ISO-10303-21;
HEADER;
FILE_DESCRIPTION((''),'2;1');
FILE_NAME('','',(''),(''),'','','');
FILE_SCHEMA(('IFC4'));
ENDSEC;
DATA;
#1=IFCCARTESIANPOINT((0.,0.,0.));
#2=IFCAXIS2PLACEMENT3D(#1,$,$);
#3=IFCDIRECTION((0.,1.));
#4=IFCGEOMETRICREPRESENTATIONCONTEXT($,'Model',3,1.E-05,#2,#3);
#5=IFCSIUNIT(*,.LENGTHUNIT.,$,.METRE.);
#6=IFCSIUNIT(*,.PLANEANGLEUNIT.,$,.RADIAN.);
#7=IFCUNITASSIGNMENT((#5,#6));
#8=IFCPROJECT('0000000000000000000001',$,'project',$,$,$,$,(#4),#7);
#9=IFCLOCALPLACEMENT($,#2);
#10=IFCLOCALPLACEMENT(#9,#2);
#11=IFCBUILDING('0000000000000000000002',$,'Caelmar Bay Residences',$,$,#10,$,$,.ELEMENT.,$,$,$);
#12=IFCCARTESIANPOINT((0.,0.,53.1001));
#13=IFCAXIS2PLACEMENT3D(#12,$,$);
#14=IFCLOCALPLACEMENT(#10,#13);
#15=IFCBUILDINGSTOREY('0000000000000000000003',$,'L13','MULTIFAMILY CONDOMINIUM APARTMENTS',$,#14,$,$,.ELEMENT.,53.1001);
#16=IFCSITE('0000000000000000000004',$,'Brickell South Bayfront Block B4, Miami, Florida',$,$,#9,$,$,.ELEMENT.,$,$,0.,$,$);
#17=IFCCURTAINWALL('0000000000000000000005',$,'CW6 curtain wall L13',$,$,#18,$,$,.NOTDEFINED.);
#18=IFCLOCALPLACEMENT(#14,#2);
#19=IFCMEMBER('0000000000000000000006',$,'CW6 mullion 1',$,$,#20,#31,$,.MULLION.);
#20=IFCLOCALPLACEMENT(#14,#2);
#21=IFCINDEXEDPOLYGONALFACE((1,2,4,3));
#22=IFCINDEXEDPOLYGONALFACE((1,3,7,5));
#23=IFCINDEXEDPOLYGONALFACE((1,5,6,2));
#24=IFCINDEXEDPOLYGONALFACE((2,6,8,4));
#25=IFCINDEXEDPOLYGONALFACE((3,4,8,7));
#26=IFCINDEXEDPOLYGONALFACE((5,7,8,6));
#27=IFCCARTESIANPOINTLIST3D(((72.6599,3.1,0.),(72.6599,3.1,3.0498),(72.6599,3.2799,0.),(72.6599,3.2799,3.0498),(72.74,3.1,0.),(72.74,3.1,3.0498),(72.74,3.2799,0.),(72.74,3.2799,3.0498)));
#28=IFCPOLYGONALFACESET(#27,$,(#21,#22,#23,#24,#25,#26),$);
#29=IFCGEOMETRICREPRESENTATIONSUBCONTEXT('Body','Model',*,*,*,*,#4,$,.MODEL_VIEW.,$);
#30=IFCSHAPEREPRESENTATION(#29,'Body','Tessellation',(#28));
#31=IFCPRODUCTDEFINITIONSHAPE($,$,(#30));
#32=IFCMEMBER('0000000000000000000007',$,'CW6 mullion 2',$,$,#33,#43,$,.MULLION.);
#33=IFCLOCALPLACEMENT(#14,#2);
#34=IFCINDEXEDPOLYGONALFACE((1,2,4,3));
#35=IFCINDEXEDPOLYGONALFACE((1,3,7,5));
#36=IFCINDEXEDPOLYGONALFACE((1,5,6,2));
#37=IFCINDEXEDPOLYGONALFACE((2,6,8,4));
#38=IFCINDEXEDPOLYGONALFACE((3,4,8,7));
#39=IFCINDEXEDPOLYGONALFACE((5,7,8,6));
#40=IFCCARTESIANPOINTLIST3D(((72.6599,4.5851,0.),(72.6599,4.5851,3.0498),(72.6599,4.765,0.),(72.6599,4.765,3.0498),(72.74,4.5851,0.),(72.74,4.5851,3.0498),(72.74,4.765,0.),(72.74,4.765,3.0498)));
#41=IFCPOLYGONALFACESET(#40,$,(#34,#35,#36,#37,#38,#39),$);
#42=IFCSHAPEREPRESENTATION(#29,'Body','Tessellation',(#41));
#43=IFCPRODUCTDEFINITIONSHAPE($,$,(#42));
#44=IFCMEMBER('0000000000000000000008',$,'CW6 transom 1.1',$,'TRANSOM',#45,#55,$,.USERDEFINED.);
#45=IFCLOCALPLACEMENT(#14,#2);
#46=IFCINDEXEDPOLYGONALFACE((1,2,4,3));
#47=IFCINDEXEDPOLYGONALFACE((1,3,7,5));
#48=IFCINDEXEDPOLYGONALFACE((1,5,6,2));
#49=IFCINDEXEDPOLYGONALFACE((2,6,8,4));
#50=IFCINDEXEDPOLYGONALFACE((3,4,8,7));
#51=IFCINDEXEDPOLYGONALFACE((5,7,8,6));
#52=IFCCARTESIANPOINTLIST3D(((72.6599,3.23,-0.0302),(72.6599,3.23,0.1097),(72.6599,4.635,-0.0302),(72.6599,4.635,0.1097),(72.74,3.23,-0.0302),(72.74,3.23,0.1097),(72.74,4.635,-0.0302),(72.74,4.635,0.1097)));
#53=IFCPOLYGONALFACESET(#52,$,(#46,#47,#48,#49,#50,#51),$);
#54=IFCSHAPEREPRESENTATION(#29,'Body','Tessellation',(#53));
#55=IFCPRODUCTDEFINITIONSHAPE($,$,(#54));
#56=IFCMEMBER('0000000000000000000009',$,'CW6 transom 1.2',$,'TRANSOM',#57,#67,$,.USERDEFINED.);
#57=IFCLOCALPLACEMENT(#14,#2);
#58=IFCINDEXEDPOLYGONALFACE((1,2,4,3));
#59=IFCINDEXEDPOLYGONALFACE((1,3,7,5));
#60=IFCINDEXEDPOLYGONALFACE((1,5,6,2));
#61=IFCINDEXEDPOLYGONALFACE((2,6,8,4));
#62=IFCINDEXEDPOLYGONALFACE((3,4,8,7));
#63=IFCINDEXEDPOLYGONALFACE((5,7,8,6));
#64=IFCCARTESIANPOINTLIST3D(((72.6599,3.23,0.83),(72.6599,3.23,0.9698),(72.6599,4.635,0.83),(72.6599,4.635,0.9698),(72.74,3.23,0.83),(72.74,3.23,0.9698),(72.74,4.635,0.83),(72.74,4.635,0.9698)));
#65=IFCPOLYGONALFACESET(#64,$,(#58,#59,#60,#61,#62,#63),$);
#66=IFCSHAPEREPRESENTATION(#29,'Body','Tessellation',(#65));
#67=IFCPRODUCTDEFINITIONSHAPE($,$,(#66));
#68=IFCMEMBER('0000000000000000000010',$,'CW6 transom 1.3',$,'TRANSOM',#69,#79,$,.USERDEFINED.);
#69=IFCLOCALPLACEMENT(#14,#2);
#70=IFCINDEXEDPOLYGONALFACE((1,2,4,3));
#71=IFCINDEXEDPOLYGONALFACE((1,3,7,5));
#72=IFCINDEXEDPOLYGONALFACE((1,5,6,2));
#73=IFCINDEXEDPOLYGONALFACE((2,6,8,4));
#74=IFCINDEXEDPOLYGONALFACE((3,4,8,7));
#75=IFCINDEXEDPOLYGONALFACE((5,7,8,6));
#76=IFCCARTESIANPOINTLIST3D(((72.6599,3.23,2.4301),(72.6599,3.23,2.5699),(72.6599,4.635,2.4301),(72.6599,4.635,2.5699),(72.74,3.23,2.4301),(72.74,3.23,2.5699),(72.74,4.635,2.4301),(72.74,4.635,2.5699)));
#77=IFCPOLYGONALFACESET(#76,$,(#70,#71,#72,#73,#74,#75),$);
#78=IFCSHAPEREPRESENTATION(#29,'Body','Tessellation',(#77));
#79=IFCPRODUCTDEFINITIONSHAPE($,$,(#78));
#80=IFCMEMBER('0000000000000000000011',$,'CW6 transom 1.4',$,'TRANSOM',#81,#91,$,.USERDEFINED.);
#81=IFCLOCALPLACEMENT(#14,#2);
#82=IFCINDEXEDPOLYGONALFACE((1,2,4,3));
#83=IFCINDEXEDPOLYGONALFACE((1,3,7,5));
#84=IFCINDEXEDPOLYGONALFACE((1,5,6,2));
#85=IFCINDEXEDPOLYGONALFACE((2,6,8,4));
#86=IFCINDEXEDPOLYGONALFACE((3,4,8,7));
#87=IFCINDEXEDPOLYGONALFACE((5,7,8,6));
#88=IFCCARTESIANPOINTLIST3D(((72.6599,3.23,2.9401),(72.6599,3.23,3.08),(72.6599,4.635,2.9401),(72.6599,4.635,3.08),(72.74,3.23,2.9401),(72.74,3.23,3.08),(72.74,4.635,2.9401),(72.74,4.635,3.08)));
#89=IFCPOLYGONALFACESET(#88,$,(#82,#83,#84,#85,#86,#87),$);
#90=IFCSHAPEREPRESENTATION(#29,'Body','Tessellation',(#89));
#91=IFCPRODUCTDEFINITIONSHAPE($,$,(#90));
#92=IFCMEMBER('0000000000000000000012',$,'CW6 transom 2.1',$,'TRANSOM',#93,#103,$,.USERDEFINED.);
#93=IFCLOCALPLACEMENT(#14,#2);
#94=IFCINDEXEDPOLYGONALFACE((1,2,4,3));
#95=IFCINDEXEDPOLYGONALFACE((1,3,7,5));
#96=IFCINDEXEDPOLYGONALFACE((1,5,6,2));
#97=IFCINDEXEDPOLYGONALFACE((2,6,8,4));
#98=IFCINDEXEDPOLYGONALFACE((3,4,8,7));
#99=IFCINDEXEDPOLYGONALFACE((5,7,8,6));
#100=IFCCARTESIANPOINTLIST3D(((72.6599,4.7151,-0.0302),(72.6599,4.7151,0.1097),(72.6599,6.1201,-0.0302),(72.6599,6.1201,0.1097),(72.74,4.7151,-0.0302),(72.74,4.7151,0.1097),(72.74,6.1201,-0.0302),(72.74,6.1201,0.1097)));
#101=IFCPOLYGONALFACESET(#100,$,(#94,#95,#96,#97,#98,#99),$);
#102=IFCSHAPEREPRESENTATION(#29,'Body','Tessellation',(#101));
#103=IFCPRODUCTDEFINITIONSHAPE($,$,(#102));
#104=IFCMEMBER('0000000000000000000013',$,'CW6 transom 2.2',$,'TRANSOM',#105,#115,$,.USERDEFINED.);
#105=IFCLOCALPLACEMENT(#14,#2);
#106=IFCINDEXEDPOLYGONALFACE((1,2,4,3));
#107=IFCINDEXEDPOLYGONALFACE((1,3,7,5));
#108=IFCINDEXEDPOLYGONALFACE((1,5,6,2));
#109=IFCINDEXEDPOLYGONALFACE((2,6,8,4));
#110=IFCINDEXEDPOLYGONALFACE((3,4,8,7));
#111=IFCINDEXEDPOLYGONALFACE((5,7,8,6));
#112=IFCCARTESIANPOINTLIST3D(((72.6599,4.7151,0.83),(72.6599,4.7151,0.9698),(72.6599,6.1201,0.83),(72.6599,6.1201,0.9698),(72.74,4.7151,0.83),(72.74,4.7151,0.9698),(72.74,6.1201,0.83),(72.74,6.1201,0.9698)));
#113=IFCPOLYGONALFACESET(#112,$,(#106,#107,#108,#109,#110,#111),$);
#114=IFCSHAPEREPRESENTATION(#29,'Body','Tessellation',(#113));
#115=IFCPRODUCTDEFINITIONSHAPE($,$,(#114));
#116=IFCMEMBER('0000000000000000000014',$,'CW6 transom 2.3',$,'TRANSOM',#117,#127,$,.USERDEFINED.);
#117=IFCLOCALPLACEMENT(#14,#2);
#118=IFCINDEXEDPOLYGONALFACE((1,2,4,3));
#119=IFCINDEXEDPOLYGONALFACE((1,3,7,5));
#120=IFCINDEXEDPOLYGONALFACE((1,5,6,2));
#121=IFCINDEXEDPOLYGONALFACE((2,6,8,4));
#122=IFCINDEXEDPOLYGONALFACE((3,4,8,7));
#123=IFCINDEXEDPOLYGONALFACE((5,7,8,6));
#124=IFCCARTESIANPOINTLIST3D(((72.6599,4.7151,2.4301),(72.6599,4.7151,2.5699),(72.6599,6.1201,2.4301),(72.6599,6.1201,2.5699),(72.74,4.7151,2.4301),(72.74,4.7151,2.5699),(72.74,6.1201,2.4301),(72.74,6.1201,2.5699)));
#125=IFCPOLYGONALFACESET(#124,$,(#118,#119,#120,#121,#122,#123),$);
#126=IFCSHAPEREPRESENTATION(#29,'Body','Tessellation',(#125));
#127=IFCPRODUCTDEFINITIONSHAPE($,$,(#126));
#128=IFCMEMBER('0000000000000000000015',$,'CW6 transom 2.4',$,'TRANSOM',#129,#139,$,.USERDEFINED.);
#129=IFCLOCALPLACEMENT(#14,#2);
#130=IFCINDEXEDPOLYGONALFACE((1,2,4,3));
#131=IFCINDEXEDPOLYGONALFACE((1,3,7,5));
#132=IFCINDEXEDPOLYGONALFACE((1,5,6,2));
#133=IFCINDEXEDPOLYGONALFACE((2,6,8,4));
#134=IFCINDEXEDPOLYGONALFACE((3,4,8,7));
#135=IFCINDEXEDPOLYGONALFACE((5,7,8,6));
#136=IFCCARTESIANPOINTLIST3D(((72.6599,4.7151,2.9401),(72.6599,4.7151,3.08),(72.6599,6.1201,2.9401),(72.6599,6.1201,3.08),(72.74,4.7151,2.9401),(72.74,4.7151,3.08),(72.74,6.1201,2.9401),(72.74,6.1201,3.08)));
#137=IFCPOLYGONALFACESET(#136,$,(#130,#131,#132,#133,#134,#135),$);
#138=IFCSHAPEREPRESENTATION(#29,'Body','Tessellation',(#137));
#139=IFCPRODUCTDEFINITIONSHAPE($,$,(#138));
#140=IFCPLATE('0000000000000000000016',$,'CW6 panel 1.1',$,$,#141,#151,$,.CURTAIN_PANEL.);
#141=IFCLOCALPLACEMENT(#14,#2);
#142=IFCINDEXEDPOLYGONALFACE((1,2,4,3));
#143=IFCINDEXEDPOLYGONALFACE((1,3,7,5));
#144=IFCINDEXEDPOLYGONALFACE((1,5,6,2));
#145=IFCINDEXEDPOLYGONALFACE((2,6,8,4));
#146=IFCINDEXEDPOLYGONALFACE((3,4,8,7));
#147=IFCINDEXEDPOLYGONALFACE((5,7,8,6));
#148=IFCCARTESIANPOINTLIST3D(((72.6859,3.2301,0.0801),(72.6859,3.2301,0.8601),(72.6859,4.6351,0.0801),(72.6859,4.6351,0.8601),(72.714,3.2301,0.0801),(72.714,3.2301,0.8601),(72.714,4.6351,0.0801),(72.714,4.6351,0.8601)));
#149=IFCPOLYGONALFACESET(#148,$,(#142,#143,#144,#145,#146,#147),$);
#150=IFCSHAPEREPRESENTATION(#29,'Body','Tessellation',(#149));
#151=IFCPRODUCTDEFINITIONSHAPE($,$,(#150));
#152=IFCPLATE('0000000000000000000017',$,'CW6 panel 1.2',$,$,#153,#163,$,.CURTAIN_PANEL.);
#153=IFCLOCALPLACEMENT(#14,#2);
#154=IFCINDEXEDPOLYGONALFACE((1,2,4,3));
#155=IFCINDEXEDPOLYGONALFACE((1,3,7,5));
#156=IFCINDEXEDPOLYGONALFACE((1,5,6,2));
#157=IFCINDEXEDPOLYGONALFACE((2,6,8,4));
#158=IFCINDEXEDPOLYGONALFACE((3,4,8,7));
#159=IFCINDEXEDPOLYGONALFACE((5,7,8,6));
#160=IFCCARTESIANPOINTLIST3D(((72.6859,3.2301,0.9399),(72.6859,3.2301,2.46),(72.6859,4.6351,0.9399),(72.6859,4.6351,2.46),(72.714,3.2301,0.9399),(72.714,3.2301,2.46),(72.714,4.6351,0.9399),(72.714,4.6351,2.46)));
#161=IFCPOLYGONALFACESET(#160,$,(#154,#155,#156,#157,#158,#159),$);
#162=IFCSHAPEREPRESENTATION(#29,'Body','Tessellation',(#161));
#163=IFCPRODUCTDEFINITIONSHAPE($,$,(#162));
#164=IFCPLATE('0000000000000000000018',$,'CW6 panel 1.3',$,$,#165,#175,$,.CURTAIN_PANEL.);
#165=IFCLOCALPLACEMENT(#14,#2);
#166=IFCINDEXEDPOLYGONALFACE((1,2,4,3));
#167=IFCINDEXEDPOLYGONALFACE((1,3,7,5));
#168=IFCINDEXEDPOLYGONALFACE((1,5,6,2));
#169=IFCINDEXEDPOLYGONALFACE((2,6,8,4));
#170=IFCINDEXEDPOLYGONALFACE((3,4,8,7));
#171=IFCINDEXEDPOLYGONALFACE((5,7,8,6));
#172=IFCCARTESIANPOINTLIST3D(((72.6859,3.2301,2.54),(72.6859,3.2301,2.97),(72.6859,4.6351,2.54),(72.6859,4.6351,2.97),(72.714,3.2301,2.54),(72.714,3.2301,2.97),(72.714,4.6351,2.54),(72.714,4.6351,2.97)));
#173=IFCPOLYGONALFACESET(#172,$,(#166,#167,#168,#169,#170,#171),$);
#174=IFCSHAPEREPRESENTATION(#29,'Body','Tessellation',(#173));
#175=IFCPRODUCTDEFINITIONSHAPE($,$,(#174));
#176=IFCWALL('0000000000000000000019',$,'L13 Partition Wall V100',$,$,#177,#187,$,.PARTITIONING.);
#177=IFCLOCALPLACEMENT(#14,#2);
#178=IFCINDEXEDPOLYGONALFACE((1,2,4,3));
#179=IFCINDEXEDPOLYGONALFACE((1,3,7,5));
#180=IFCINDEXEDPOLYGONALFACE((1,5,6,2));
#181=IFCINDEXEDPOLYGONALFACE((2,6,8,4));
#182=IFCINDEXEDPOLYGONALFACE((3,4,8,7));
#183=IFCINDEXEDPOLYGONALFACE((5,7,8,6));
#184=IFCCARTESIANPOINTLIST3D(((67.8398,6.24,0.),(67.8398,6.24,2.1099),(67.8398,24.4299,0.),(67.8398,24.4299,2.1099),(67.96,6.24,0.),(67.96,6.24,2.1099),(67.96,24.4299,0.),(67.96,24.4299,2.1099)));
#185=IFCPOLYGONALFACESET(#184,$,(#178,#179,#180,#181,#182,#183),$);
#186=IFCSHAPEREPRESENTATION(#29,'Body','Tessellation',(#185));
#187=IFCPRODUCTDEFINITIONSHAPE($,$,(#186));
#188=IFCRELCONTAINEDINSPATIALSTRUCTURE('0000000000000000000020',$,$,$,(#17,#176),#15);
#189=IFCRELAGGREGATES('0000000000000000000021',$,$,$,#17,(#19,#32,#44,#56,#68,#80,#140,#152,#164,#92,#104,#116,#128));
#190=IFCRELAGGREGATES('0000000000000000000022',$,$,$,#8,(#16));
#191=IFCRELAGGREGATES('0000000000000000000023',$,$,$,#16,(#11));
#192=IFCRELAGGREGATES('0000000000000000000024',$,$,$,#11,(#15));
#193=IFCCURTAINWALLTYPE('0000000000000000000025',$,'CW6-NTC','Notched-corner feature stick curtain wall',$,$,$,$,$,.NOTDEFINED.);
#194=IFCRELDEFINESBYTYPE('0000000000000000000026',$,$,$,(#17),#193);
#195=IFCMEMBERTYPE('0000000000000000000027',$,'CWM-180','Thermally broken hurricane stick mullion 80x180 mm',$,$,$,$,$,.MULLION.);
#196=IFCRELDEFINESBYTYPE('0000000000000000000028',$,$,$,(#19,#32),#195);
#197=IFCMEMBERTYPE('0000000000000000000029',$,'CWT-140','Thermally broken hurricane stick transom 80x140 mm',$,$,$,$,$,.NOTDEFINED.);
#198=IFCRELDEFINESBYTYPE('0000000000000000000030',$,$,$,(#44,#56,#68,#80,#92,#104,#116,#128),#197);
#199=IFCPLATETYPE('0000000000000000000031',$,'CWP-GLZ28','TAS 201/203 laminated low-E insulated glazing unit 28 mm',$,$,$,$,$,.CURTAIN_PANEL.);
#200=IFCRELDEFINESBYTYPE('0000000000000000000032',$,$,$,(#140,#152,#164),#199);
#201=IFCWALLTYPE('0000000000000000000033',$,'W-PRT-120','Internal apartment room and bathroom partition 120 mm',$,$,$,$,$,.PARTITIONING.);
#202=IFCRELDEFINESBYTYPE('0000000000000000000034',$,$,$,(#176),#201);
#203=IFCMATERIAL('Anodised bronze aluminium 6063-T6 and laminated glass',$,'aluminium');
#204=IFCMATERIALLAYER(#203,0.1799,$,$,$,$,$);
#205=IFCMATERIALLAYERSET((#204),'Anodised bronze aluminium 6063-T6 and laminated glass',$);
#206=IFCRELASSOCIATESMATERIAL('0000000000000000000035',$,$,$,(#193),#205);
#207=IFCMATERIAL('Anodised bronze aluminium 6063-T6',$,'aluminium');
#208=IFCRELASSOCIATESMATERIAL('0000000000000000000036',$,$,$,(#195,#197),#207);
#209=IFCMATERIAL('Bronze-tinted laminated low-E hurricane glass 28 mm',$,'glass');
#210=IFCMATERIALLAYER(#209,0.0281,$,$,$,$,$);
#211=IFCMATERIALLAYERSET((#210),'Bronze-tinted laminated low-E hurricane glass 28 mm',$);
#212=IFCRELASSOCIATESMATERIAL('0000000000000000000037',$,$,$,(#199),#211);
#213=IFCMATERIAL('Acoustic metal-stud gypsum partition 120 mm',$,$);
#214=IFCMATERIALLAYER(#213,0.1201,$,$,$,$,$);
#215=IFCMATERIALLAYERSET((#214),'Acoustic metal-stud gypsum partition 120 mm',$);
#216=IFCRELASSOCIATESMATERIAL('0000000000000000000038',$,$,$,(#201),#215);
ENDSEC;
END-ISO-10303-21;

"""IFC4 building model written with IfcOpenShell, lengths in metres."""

from ifc_helpers import new_model, si_unit, direction, frame, frame_2d, origin, origin_2d, place, context, subcontext, project, spatial, rectangle, extrude, material, layer, layer_set, material_profile, profile_set, type_object, element, aggregate, save


model = new_model("IFC4")

# Units and contexts
model_context = context("Model", 3, precision=1e-05, world=origin(), true_north=direction((0.0, 1.0)))
body_context = subcontext(model_context, "Body", "Model", "MODEL_VIEW")
ifc_project = project(units=[si_unit("LENGTHUNIT", "METRE"), si_unit("PLANEANGLEUNIT", "RADIAN")], contexts=[model_context])

# Site, building, storey
site_placement = place(None, origin())
site = spatial("IfcSite", under=ifc_project, at=site_placement, Name="Brickell South Bayfront Block B4, Miami, Florida", CompositionType="ELEMENT", RefElevation=0.0)
building_placement = place(site_placement, origin())
building = spatial("IfcBuilding", under=site, at=building_placement, Name="Caelmar Bay Residences", CompositionType="ELEMENT")
storey_placement = place(building_placement, frame((0.0, 0.0, 53.1001)))
storey = spatial("IfcBuildingStorey", under=building, at=storey_placement, Name="L13", Description="MULTIFAMILY CONDOMINIUM APARTMENTS", CompositionType="ELEMENT", Elevation=53.1001)

# Curtain wall, members, plates
ifc_material_1 = material(Name="Anodised bronze aluminium 6063-T6 and laminated glass", Category="aluminium")
ifc_layer_1 = layer(ifc_material_1, 0.1799)
ifc_layer_set_1 = layer_set([ifc_layer_1], Name="Anodised bronze aluminium 6063-T6 and laminated glass")
curtain_wall_type = type_object("IfcCurtainWallType", Name="CW6-NTC", Description="Notched-corner feature stick curtain wall", PredefinedType="NOTDEFINED", material=ifc_layer_set_1)
curtain_wall_placement = place(storey_placement, origin())
curtain_wall = element("IfcCurtainWall", 1, at=curtain_wall_placement, inside=storey, type_object=curtain_wall_type, Name="CW6 curtain wall L13", PredefinedType="NOTDEFINED")
ifc_material_2 = material(Name="Anodised bronze aluminium 6063-T6", Category="aluminium")
ifc_material_profile_1 = material_profile(ifc_material_2, rectangle(XDim=0.0801, YDim=0.1799, at=origin_2d()), Name="CWM-80X180")
ifc_profile_set_1 = profile_set([ifc_material_profile_1], Name="Anodised bronze aluminium 6063-T6")
member_type_1 = type_object("IfcMemberType", Name="CWM-180", Description="Thermally broken hurricane stick mullion 80x180 mm", PredefinedType="MULLION", material=ifc_profile_set_1)
member_1_placement = place(storey_placement, frame((72.7, 3.1899, 0.0), z_axis=(0.0, 0.0, 1.0), x_axis=(-1.0, 0.0, 0.0)))
member_1 = element("IfcMember", 2, at=member_1_placement, type_object=member_type_1, Name="CW6 mullion 1", PredefinedType="MULLION", context=body_context, shape_type="SweptSolid", body=[
    extrude(rectangle(XDim=0.0801, YDim=0.1799, at=origin_2d()), origin(), (0.0, 0.0, 1.0), 3.0498),
])
member_2_placement = place(storey_placement, frame((72.7, 4.675, 0.0), z_axis=(0.0, 0.0, 1.0), x_axis=(-1.0, 0.0, 0.0)))
member_2 = element("IfcMember", 3, at=member_2_placement, type_object=member_type_1, Name="CW6 mullion 2", PredefinedType="MULLION", context=body_context, shape_type="SweptSolid", body=[
    extrude(rectangle(XDim=0.0801, YDim=0.1799, at=origin_2d()), origin(), (0.0, 0.0, 1.0), 3.0498),
])
ifc_material_profile_2 = material_profile(ifc_material_2, rectangle(XDim=0.0801, YDim=0.1399, at=origin_2d()), Name="CWT-80X140")
ifc_profile_set_2 = profile_set([ifc_material_profile_2], Name="Anodised bronze aluminium 6063-T6")
member_type_2 = type_object("IfcMemberType", Name="CWT-140", Description="Thermally broken hurricane stick transom 80x140 mm", PredefinedType="NOTDEFINED", material=ifc_profile_set_2)
member_3_placement = place(storey_placement, frame((72.7, 3.23, 0.0398), z_axis=(0.0, 1.0, 0.0), x_axis=(-1.0, 0.0, 0.0)))
member_3 = element("IfcMember", 4, at=member_3_placement, type_object=member_type_2, Name="CW6 transom 1.1", ObjectType="TRANSOM", PredefinedType="USERDEFINED", context=body_context, shape_type="SweptSolid", body=[
    extrude(rectangle(XDim=0.0801, YDim=0.1399, at=origin_2d()), origin(), (0.0, 0.0, 1.0), 1.405),
])
member_4_placement = place(storey_placement, frame((72.7, 3.23, 0.8999), z_axis=(0.0, 1.0, 0.0), x_axis=(-1.0, 0.0, 0.0)))
member_4 = element("IfcMember", 5, at=member_4_placement, type_object=member_type_2, Name="CW6 transom 1.2", ObjectType="TRANSOM", PredefinedType="USERDEFINED", context=body_context, shape_type="SweptSolid", body=[
    extrude(rectangle(XDim=0.0801, YDim=0.1399, at=origin_2d()), origin(), (0.0, 0.0, 1.0), 1.405),
])
member_5_placement = place(storey_placement, frame((72.7, 3.23, 2.5), z_axis=(0.0, 1.0, 0.0), x_axis=(-1.0, 0.0, 0.0)))
member_5 = element("IfcMember", 6, at=member_5_placement, type_object=member_type_2, Name="CW6 transom 1.3", ObjectType="TRANSOM", PredefinedType="USERDEFINED", context=body_context, shape_type="SweptSolid", body=[
    extrude(rectangle(XDim=0.0801, YDim=0.1399, at=origin_2d()), origin(), (0.0, 0.0, 1.0), 1.405),
])
member_6_placement = place(storey_placement, frame((72.7, 3.23, 3.01), z_axis=(0.0, 1.0, 0.0), x_axis=(-1.0, 0.0, 0.0)))
member_6 = element("IfcMember", 7, at=member_6_placement, type_object=member_type_2, Name="CW6 transom 1.4", ObjectType="TRANSOM", PredefinedType="USERDEFINED", context=body_context, shape_type="SweptSolid", body=[
    extrude(rectangle(XDim=0.0801, YDim=0.1399, at=origin_2d()), origin(), (0.0, 0.0, 1.0), 1.405),
])
member_7_placement = place(storey_placement, frame((72.7, 4.7151, 0.0398), z_axis=(0.0, 1.0, 0.0), x_axis=(-1.0, 0.0, 0.0)))
member_7 = element("IfcMember", 8, at=member_7_placement, type_object=member_type_2, Name="CW6 transom 2.1", ObjectType="TRANSOM", PredefinedType="USERDEFINED", context=body_context, shape_type="SweptSolid", body=[
    extrude(rectangle(XDim=0.0801, YDim=0.1399, at=origin_2d()), origin(), (0.0, 0.0, 1.0), 1.405),
])
member_8_placement = place(storey_placement, frame((72.7, 4.7151, 0.8999), z_axis=(0.0, 1.0, 0.0), x_axis=(-1.0, 0.0, 0.0)))
member_8 = element("IfcMember", 9, at=member_8_placement, type_object=member_type_2, Name="CW6 transom 2.2", ObjectType="TRANSOM", PredefinedType="USERDEFINED", context=body_context, shape_type="SweptSolid", body=[
    extrude(rectangle(XDim=0.0801, YDim=0.1399, at=origin_2d()), origin(), (0.0, 0.0, 1.0), 1.405),
])
member_9_placement = place(storey_placement, frame((72.7, 4.7151, 2.5), z_axis=(0.0, 1.0, 0.0), x_axis=(-1.0, 0.0, 0.0)))
member_9 = element("IfcMember", 10, at=member_9_placement, type_object=member_type_2, Name="CW6 transom 2.3", ObjectType="TRANSOM", PredefinedType="USERDEFINED", context=body_context, shape_type="SweptSolid", body=[
    extrude(rectangle(XDim=0.0801, YDim=0.1399, at=origin_2d()), origin(), (0.0, 0.0, 1.0), 1.405),
])
member_10_placement = place(storey_placement, frame((72.7, 4.7151, 3.01), z_axis=(0.0, 1.0, 0.0), x_axis=(-1.0, 0.0, 0.0)))
member_10 = element("IfcMember", 11, at=member_10_placement, type_object=member_type_2, Name="CW6 transom 2.4", ObjectType="TRANSOM", PredefinedType="USERDEFINED", context=body_context, shape_type="SweptSolid", body=[
    extrude(rectangle(XDim=0.0801, YDim=0.1399, at=origin_2d()), origin(), (0.0, 0.0, 1.0), 1.405),
])
ifc_material_3 = material(Name="Bronze-tinted laminated low-E hurricane glass 28 mm", Category="glass")
ifc_layer_2 = layer(ifc_material_3, 0.0281)
ifc_layer_set_2 = layer_set([ifc_layer_2], Name="Bronze-tinted laminated low-E hurricane glass 28 mm")
plate_type = type_object("IfcPlateType", Name="CWP-GLZ28", Description="TAS 201/203 laminated low-E insulated glazing unit 28 mm", PredefinedType="CURTAIN_PANEL", material=ifc_layer_set_2)
plate_1_placement = place(storey_placement, frame((72.7, 3.9326, 0.0801), z_axis=(0.0, 0.0, 1.0), x_axis=(0.0, 1.0, 0.0)))
plate_1 = element("IfcPlate", 12, at=plate_1_placement, type_object=plate_type, Name="CW6 panel 1.1", PredefinedType="CURTAIN_PANEL", context=body_context, shape_type="SweptSolid", body=[
    extrude(rectangle(XDim=1.405, YDim=0.0281, at=origin_2d()), origin(), (0.0, 0.0, 1.0), 0.78),
])
plate_2_placement = place(storey_placement, frame((72.7, 3.9326, 0.9399), z_axis=(0.0, 0.0, 1.0), x_axis=(0.0, 1.0, 0.0)))
plate_2 = element("IfcPlate", 13, at=plate_2_placement, type_object=plate_type, Name="CW6 panel 1.2", PredefinedType="CURTAIN_PANEL", context=body_context, shape_type="SweptSolid", body=[
    extrude(rectangle(XDim=1.405, YDim=0.0281, at=origin_2d()), origin(), (0.0, 0.0, 1.0), 1.52),
])
plate_3_placement = place(storey_placement, frame((72.7, 3.9326, 2.54), z_axis=(0.0, 0.0, 1.0), x_axis=(0.0, 1.0, 0.0)))
plate_3 = element("IfcPlate", 14, at=plate_3_placement, type_object=plate_type, Name="CW6 panel 1.3", PredefinedType="CURTAIN_PANEL", context=body_context, shape_type="SweptSolid", body=[
    extrude(rectangle(XDim=1.405, YDim=0.0281, at=origin_2d()), origin(), (0.0, 0.0, 1.0), 0.4299),
])
aggregate(curtain_wall, [member_1, member_2, member_3, member_4, member_5, member_6, plate_1, plate_2, plate_3, member_7, member_8, member_9, member_10])

# Wall
ifc_material_4 = material(Name="Acoustic metal-stud gypsum partition 120 mm")
ifc_layer_3 = layer(ifc_material_4, 0.1201)
ifc_layer_set_3 = layer_set([ifc_layer_3], Name="Acoustic metal-stud gypsum partition 120 mm")
wall_type_1 = type_object("IfcWallType", Name="W-PRT-120", Description="Internal apartment room and bathroom partition 120 mm", PredefinedType="PARTITIONING", material=ifc_layer_set_3)
wall_1_placement = place(storey_placement, frame((67.8999, 6.24, 0.0), z_axis=(0.0, 0.0, 1.0), x_axis=(0.0, 1.0, 0.0)))
element("IfcWall", 15, at=wall_1_placement, inside=storey, type_object=wall_type_1, Name="L13 Partition Wall V100", PredefinedType="PARTITIONING", context=body_context, shape_type="SweptSolid", body=[
    extrude(rectangle(XDim=18.1899, YDim=0.1201, at=frame_2d((9.095, 0.0))), origin(), (0.0, 0.0, 1.0), 2.1099),
])

save(model, "model.ifc")
